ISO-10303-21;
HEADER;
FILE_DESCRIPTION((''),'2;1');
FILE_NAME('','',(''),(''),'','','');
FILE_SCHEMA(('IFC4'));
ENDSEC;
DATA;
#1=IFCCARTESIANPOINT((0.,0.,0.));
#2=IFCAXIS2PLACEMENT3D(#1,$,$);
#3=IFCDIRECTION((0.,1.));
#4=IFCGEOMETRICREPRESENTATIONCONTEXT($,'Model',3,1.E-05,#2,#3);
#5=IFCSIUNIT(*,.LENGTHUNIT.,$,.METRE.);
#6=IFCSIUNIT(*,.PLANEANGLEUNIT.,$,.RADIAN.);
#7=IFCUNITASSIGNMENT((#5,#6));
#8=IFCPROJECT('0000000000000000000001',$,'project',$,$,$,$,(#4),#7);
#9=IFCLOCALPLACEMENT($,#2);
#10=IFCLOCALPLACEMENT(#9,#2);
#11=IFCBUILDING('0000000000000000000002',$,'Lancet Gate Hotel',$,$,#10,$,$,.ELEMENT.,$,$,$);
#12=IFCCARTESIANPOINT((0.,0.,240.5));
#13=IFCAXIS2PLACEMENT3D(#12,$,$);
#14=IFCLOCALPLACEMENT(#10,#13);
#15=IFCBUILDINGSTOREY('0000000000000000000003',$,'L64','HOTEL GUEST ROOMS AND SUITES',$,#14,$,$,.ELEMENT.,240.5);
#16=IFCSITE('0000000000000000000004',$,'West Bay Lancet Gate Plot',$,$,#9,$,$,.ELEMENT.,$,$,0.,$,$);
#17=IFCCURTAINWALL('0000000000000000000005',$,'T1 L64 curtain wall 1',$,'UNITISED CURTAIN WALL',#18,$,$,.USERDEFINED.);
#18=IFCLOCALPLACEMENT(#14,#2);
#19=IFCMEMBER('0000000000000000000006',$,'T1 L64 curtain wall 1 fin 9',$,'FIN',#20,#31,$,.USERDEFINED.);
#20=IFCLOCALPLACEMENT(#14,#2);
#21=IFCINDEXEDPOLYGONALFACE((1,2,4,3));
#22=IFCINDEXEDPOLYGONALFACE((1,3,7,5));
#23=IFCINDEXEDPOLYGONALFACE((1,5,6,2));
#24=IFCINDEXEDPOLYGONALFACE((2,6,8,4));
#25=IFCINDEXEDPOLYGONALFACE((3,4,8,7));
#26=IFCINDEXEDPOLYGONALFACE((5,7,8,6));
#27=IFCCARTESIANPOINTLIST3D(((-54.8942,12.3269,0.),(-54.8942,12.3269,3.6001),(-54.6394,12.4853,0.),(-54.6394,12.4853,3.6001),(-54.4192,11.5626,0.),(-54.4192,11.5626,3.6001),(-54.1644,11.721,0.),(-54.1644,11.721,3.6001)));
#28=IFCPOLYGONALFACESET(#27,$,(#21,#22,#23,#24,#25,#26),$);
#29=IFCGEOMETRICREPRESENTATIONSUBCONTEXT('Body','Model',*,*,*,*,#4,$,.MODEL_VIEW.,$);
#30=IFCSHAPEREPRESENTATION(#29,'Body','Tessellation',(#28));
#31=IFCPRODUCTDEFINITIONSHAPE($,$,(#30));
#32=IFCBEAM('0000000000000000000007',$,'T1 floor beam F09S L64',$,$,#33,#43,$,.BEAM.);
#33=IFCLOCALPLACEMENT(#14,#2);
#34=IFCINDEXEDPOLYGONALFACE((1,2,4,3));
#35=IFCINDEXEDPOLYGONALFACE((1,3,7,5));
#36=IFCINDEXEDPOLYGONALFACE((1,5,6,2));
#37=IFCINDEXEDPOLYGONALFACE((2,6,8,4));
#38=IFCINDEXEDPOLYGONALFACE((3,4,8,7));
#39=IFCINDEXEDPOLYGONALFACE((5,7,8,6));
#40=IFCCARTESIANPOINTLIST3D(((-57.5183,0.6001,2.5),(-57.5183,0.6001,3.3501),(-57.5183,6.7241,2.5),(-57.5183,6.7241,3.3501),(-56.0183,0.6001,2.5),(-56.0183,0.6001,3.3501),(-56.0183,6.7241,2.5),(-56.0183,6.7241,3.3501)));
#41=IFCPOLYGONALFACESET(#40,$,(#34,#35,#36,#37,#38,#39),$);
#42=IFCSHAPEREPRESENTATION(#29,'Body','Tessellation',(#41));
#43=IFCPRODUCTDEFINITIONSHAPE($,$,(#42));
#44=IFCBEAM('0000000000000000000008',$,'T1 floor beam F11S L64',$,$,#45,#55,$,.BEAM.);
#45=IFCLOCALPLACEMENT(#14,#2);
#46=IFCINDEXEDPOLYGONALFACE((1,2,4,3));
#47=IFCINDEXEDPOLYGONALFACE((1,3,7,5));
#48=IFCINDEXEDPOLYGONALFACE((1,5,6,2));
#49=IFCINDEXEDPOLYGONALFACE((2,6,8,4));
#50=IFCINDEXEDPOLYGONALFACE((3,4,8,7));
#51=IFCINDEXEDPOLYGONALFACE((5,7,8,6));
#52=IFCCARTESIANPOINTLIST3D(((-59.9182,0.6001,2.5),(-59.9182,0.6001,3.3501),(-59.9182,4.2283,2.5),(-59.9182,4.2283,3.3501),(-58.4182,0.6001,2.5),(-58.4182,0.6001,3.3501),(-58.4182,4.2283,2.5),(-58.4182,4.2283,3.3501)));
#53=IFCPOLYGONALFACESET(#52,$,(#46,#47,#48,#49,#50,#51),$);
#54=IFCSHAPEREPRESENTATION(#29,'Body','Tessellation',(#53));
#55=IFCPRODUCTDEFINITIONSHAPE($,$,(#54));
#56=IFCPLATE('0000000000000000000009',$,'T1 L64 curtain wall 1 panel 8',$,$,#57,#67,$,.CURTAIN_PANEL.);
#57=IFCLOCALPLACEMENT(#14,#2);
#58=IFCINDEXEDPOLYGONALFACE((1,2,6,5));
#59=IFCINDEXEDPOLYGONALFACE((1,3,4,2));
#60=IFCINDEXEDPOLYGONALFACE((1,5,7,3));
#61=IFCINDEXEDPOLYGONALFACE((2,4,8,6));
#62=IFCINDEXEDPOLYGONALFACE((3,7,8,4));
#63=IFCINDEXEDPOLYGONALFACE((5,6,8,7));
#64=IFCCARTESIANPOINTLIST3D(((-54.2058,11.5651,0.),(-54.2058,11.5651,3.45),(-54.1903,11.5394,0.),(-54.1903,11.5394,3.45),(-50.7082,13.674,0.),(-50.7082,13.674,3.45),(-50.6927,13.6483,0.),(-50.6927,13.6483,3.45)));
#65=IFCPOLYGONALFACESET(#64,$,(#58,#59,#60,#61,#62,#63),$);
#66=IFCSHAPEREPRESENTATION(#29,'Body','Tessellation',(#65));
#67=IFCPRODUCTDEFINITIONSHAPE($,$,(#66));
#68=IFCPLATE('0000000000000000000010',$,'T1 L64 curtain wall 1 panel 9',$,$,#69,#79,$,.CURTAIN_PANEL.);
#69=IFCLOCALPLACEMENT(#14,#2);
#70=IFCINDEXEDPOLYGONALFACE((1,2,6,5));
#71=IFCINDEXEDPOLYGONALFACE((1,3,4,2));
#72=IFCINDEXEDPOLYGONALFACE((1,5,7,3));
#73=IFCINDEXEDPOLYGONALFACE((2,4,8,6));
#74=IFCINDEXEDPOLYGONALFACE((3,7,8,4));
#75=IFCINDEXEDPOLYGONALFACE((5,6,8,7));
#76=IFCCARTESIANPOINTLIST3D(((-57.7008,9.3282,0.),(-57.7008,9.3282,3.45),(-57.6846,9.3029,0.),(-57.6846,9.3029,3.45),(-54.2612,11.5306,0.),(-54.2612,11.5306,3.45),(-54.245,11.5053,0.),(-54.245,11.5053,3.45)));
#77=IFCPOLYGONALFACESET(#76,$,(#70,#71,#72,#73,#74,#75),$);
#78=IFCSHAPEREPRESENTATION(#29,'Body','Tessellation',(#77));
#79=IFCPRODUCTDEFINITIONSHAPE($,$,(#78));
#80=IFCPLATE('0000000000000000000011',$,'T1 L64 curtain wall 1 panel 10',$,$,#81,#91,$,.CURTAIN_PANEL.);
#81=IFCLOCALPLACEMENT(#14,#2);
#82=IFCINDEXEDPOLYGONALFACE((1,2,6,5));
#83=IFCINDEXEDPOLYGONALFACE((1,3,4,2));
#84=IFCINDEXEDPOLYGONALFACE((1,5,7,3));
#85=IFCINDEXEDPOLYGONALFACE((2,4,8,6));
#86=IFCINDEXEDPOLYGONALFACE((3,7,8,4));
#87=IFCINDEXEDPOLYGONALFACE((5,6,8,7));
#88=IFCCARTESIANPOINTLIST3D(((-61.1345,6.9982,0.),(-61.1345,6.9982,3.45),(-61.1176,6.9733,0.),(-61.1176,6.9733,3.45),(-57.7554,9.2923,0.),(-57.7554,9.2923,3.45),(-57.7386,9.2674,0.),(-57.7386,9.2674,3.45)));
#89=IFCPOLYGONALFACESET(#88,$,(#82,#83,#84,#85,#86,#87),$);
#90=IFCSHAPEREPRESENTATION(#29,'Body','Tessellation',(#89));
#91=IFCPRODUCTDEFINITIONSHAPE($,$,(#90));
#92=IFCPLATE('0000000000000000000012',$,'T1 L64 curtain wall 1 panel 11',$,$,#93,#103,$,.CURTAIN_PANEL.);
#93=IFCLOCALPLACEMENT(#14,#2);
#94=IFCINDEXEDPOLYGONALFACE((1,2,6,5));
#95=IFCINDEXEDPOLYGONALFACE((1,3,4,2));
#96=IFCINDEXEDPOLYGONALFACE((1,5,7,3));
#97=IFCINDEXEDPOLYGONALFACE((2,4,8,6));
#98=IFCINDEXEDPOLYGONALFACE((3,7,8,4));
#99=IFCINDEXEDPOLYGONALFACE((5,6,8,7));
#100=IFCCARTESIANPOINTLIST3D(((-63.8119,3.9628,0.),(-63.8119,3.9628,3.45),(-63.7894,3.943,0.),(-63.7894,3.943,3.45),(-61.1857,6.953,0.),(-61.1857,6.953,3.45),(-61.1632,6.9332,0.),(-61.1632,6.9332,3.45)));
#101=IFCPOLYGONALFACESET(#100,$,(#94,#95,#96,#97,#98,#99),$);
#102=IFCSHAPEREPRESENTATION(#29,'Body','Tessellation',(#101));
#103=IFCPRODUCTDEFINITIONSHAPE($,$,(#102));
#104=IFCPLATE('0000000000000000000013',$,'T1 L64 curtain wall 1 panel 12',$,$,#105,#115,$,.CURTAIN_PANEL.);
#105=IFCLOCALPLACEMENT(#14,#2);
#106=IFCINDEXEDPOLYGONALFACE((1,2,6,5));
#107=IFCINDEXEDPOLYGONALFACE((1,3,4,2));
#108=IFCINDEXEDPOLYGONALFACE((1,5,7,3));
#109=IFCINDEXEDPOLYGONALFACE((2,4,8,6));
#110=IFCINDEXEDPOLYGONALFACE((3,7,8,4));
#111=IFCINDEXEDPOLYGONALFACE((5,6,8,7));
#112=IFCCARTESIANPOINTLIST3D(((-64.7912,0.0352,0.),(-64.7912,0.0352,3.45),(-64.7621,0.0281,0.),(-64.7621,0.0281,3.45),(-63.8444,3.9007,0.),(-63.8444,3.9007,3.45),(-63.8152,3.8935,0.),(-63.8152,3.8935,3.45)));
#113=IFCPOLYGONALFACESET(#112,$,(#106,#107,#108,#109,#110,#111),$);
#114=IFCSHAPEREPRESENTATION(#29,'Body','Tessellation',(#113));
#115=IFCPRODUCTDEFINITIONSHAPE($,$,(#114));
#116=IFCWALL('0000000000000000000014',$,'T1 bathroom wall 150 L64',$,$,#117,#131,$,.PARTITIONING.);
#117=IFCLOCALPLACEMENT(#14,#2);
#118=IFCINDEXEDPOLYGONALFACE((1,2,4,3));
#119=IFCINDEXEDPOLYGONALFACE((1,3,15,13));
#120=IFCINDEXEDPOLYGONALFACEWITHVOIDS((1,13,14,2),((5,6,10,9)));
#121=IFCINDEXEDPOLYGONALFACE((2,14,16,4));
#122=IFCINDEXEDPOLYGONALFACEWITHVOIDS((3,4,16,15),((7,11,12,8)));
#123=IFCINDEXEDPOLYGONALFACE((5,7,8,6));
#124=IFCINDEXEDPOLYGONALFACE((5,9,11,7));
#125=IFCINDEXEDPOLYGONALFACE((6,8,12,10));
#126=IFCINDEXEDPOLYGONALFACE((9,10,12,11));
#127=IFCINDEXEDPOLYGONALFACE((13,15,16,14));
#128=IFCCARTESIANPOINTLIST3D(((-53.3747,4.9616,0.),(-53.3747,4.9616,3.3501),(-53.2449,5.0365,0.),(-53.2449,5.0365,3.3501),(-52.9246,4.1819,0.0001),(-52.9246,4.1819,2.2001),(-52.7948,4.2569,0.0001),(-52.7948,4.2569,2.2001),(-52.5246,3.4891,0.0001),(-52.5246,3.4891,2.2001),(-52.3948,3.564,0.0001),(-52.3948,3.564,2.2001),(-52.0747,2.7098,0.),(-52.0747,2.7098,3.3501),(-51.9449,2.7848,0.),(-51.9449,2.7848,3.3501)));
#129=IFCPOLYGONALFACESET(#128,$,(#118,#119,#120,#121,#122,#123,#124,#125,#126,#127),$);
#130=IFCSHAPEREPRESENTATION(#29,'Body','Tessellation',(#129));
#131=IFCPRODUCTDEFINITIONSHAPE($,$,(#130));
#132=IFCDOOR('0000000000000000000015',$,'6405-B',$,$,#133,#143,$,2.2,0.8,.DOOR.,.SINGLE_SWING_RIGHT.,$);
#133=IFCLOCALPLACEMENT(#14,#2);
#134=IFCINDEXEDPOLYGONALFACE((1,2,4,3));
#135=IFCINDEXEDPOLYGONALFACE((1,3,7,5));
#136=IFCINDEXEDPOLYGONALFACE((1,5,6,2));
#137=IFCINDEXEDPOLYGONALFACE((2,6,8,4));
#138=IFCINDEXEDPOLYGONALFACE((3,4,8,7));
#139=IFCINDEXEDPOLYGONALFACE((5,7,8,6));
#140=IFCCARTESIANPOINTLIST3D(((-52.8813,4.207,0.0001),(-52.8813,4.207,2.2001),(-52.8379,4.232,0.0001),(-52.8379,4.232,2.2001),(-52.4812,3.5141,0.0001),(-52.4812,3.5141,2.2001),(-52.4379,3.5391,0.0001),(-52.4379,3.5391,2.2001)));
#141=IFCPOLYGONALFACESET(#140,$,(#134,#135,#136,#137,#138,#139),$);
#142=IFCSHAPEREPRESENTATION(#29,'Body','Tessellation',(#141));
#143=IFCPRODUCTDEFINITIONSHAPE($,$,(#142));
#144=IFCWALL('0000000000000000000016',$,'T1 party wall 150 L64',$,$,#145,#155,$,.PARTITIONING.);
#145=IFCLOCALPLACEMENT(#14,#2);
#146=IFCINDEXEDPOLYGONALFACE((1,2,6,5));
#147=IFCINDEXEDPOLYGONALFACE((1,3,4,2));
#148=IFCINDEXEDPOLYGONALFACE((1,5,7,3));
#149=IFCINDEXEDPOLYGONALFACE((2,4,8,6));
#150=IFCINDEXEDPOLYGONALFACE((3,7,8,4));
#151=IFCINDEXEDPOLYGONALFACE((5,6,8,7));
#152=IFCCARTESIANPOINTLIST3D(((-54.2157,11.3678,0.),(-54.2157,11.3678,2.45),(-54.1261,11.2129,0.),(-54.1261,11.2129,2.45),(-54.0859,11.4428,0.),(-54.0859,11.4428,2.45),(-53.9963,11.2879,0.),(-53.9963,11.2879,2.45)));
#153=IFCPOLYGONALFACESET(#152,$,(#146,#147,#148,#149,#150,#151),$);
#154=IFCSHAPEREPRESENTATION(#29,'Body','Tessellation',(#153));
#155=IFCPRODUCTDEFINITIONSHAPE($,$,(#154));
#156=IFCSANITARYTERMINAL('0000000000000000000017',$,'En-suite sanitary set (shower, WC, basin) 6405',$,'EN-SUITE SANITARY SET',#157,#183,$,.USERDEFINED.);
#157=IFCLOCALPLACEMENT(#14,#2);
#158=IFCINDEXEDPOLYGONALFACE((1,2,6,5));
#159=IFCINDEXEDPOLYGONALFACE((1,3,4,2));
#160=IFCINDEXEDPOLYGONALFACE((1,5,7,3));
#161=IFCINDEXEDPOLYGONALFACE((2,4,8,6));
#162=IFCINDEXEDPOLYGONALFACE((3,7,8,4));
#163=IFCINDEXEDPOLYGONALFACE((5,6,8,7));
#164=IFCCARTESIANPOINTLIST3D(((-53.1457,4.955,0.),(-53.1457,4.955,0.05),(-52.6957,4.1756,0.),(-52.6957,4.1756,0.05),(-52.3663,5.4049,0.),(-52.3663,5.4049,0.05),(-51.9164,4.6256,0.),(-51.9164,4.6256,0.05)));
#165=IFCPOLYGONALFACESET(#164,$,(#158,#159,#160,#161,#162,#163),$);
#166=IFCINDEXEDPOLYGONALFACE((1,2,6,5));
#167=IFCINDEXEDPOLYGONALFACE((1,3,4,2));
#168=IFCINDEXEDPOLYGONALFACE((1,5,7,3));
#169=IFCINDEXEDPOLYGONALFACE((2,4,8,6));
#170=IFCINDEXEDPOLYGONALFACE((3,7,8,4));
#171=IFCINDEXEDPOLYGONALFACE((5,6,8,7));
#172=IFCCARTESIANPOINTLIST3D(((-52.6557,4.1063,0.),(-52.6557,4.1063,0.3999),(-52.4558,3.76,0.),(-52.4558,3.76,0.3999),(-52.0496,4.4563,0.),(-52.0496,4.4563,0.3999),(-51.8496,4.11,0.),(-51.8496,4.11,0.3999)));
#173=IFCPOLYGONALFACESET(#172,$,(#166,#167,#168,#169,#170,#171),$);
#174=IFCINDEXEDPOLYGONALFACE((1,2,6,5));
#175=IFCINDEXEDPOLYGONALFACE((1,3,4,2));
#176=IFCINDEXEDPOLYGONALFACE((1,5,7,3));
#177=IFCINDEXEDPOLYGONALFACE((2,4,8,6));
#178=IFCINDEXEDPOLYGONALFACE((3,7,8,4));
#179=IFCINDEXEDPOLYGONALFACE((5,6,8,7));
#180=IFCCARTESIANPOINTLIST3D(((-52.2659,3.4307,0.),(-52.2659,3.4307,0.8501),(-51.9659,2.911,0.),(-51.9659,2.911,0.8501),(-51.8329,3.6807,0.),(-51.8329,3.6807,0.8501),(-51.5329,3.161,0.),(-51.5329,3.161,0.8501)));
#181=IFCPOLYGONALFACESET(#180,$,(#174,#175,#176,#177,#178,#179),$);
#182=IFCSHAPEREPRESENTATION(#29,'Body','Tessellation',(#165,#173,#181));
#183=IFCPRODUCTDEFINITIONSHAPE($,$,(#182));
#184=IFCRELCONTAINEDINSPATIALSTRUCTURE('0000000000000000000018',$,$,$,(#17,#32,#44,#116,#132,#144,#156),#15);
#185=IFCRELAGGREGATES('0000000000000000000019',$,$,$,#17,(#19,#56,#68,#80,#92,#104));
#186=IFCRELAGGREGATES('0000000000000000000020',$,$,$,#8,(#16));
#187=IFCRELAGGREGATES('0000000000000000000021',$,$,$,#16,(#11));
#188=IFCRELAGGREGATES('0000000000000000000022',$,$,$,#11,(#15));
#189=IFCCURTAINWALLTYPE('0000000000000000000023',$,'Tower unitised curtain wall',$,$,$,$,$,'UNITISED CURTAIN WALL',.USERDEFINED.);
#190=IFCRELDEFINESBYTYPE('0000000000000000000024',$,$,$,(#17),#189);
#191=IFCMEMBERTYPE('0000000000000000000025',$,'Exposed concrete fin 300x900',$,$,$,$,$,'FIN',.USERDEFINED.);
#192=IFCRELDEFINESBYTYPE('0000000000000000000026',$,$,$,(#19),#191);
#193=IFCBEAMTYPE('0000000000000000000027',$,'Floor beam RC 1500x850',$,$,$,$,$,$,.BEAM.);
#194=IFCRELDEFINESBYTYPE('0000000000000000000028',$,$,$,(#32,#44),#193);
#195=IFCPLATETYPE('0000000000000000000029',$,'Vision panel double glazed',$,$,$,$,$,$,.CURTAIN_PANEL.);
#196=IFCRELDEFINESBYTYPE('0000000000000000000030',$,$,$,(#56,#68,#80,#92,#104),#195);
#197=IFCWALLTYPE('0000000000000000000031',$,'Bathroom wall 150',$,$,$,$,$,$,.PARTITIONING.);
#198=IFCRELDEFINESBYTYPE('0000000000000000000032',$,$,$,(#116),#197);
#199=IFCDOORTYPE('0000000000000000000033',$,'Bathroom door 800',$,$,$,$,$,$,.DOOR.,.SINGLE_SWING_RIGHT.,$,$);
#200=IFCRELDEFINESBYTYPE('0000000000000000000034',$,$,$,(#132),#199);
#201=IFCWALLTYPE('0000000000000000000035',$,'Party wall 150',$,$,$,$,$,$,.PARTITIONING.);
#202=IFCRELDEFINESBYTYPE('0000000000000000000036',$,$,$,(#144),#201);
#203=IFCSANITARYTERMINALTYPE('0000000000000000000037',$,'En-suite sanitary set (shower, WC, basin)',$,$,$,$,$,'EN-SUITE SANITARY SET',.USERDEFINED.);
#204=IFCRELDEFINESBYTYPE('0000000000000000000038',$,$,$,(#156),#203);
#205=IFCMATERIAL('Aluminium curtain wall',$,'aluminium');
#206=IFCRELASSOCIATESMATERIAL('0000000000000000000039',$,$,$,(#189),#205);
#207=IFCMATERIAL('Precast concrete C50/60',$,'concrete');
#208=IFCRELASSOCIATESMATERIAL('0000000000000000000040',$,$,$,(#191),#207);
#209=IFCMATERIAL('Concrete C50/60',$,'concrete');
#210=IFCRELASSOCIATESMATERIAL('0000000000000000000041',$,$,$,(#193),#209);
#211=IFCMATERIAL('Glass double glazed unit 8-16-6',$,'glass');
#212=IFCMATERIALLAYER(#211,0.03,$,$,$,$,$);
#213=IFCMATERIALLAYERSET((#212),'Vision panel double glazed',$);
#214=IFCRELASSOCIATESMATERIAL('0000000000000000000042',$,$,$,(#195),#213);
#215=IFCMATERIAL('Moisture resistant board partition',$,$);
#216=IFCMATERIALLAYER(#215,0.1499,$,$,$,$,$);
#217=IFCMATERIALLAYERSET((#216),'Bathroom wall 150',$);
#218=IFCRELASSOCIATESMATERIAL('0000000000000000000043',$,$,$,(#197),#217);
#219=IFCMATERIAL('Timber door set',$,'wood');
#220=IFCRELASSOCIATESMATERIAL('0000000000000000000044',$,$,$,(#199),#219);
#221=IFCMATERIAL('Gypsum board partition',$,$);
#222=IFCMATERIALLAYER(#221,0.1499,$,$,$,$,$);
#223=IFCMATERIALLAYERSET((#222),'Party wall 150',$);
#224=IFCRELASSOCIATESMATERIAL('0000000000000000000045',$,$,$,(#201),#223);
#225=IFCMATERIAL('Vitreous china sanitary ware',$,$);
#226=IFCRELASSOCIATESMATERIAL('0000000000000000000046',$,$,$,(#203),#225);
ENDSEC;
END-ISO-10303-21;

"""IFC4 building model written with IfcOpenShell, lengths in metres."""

from ifc_helpers import new_model, si_unit, direction, frame, frame_2d, origin, origin_2d, place, context, subcontext, project, spatial, rectangle, extrude, material, layer, layer_set, material_profile, profile_set, type_object, element, fill, aggregate, save


model = new_model("IFC4")

# Units and contexts
model_context = context("Model", 3, precision=1e-05, world=origin(), true_north=direction((0.0, 1.0)))
body_context = subcontext(model_context, "Body", "Model", "MODEL_VIEW")
ifc_project = project(units=[si_unit("LENGTHUNIT", "METRE"), si_unit("PLANEANGLEUNIT", "RADIAN")], contexts=[model_context])

# Site, building, storey
site_placement = place(None, origin())
site = spatial("IfcSite", under=ifc_project, at=site_placement, Name="West Bay Lancet Gate Plot", CompositionType="ELEMENT", RefElevation=0.0)
building_placement = place(site_placement, origin())
building = spatial("IfcBuilding", under=site, at=building_placement, Name="Lancet Gate Hotel", CompositionType="ELEMENT")
storey_placement = place(building_placement, frame((0.0, 0.0, 240.5)))
storey = spatial("IfcBuildingStorey", under=building, at=storey_placement, Name="L64", Description="HOTEL GUEST ROOMS AND SUITES", CompositionType="ELEMENT", Elevation=240.5)

# Curtain wall
ifc_material_1 = material(Name="Aluminium curtain wall", Category="aluminium")
curtain_wall_type = type_object("IfcCurtainWallType", Name="Tower unitised curtain wall", ElementType="UNITISED CURTAIN WALL", PredefinedType="USERDEFINED", material=ifc_material_1)
curtain_wall_placement = place(storey_placement, origin())
curtain_wall = element("IfcCurtainWall", 1, at=curtain_wall_placement, inside=storey, type_object=curtain_wall_type, Name="T1 L64 curtain wall 1", ObjectType="UNITISED CURTAIN WALL", PredefinedType="USERDEFINED")

# Member
ifc_material_2 = material(Name="Precast concrete C50/60", Category="concrete")
ifc_material_profile_1 = material_profile(ifc_material_2, rectangle(XDim=0.3, YDim=0.8999, at=origin_2d()), Name="FIN 300x900")
ifc_profile_set_1 = profile_set([ifc_material_profile_1], Name="Precast concrete C50/60")
member_type_1 = type_object("IfcMemberType", Name="Exposed concrete fin 300x900", ElementType="FIN", PredefinedType="USERDEFINED", material=ifc_profile_set_1)
member_1_placement = place(storey_placement, frame((-54.5293, 12.0239, 0.0), z_axis=(0.0, 0.0, 1.0), x_axis=(-0.849342, -0.527842, 0.0)))
member_1 = element("IfcMember", 2, at=member_1_placement, type_object=member_type_1, Name="T1 L64 curtain wall 1 fin 9", ObjectType="FIN", PredefinedType="USERDEFINED", context=body_context, shape_type="SweptSolid", body=[
    extrude(rectangle(XDim=0.3, YDim=0.8999, at=origin_2d()), origin(), (0.0, 0.0, 1.0), 3.6001),
])

# Beams
ifc_material_3 = material(Name="Concrete C50/60", Category="concrete")
ifc_material_profile_2 = material_profile(ifc_material_3, rectangle(XDim=1.5, YDim=0.8501, at=origin_2d()), Name="RC 1500x850")
ifc_profile_set_2 = profile_set([ifc_material_profile_2], Name="Concrete C50/60")
beam_type_1 = type_object("IfcBeamType", Name="Floor beam RC 1500x850", PredefinedType="BEAM", material=ifc_profile_set_2)
beam_1_placement = place(storey_placement, frame((-56.7683, 6.7241, 2.925), z_axis=(0.0, -1.0, 0.0), x_axis=(1.0, 0.0, 0.0)))
element("IfcBeam", 3, at=beam_1_placement, inside=storey, type_object=beam_type_1, Name="T1 floor beam F09S L64", PredefinedType="BEAM", context=body_context, shape_type="SweptSolid", body=[
    extrude(rectangle(XDim=1.5, YDim=0.8501, at=origin_2d()), origin(), (0.0, 0.0, 1.0), 6.124),
])
beam_2_placement = place(storey_placement, frame((-59.1682, 4.2283, 2.925), z_axis=(0.0, -1.0, 0.0), x_axis=(1.0, 0.0, 0.0)))
element("IfcBeam", 4, at=beam_2_placement, inside=storey, type_object=beam_type_1, Name="T1 floor beam F11S L64", PredefinedType="BEAM", context=body_context, shape_type="SweptSolid", body=[
    extrude(rectangle(XDim=1.5, YDim=0.8501, at=origin_2d()), origin(), (0.0, 0.0, 1.0), 3.6282),
])

# Plates
ifc_material_4 = material(Name="Glass double glazed unit 8-16-6", Category="glass")
ifc_layer_1 = layer(ifc_material_4, 0.03)
ifc_layer_set_1 = layer_set([ifc_layer_1], Name="Vision panel double glazed")
plate_type = type_object("IfcPlateType", Name="Vision panel double glazed", PredefinedType="CURTAIN_PANEL", material=ifc_layer_set_1)
plate_1_placement = place(storey_placement, frame((-52.4492, 12.6067, 0.0), z_axis=(0.0, 0.0, 1.0), x_axis=(-0.85637, -0.516363, 0.0)))
plate_1 = element("IfcPlate", 5, at=plate_1_placement, type_object=plate_type, Name="T1 L64 curtain wall 1 panel 8", PredefinedType="CURTAIN_PANEL", context=body_context, shape_type="SweptSolid", body=[
    extrude(rectangle(XDim=4.0842, YDim=0.03, at=origin_2d()), origin(), (0.0, 0.0, 1.0), 3.45),
])
plate_2_placement = place(storey_placement, frame((-55.9729, 10.4167, 0.0), z_axis=(0.0, 0.0, 1.0), x_axis=(-0.842161, -0.539226, 0.0)))
plate_2 = element("IfcPlate", 6, at=plate_2_placement, type_object=plate_type, Name="T1 L64 curtain wall 1 panel 9", PredefinedType="CURTAIN_PANEL", context=body_context, shape_type="SweptSolid", body=[
    extrude(rectangle(XDim=4.0842, YDim=0.03, at=origin_2d()), origin(), (0.0, 0.0, 1.0), 3.45),
])
plate_3_placement = place(storey_placement, frame((-59.4365, 8.1328, 0.0), z_axis=(0.0, 0.0, 1.0), x_axis=(-0.827342, -0.561698, 0.0)))
plate_3 = element("IfcPlate", 7, at=plate_3_placement, type_object=plate_type, Name="T1 L64 curtain wall 1 panel 10", PredefinedType="CURTAIN_PANEL", context=body_context, shape_type="SweptSolid", body=[
    extrude(rectangle(XDim=4.0842, YDim=0.03, at=origin_2d()), origin(), (0.0, 0.0, 1.0), 3.45),
])
plate_4_placement = place(storey_placement, frame((-62.4875, 5.448, 0.0), z_axis=(0.0, 0.0, 1.0), x_axis=(-0.659892, -0.751361, 0.0)))
plate_4 = element("IfcPlate", 8, at=plate_4_placement, type_object=plate_type, Name="T1 L64 curtain wall 1 panel 11", PredefinedType="CURTAIN_PANEL", context=body_context, shape_type="SweptSolid", body=[
    extrude(rectangle(XDim=3.9797, YDim=0.03, at=origin_2d()), origin(), (0.0, 0.0, 1.0), 3.45),
])
plate_5_placement = place(storey_placement, frame((-64.3032, 1.9644, 0.0), z_axis=(0.0, 0.0, 1.0), x_axis=(-0.237921, -0.971285, 0.0)))
plate_5 = element("IfcPlate", 9, at=plate_5_placement, type_object=plate_type, Name="T1 L64 curtain wall 1 panel 12", PredefinedType="CURTAIN_PANEL", context=body_context, shape_type="SweptSolid", body=[
    extrude(rectangle(XDim=3.9797, YDim=0.03, at=origin_2d()), origin(), (0.0, 0.0, 1.0), 3.45),
])
aggregate(curtain_wall, [member_1, plate_1, plate_2, plate_3, plate_4, plate_5])

# Wall, opening, door
ifc_material_5 = material(Name="Moisture resistant board partition")
ifc_layer_2 = layer(ifc_material_5, 0.1499)
ifc_layer_set_2 = layer_set([ifc_layer_2], Name="Bathroom wall 150")
wall_type_1 = type_object("IfcWallType", Name="Bathroom wall 150", PredefinedType="PARTITIONING", material=ifc_layer_set_2)
wall_1_placement = place(storey_placement, frame((-52.0098, 2.7473, 0.0), z_axis=(0.0, 0.0, 1.0), x_axis=(-0.500007, 0.866021, 0.0)))
wall_1 = element("IfcWall", 10, at=wall_1_placement, inside=storey, type_object=wall_type_1, Name="T1 bathroom wall 150 L64", PredefinedType="PARTITIONING", context=body_context, shape_type="SweptSolid", body=[
    extrude(rectangle(XDim=2.6001, YDim=0.1499, at=frame_2d((1.3, 0.0))), origin(), (0.0, 0.0, 1.0), 3.3501),
])
opening_placement = place(wall_1_placement, frame((0.8999, 0.0, 0.0)))
opening = element("IfcOpeningElement", 11, at=opening_placement, cuts=wall_1, PredefinedType="OPENING", context=body_context, shape_type="SweptSolid", body=[
    extrude(rectangle(XDim=0.8, YDim=2.2, at=frame_2d((0.3999, 1.1001))), frame((0.0, 0.085, 0.0), z_axis=(0.0, -1.0, 0.0), x_axis=(1.0, 0.0, 0.0)), (0.0, 0.0, 1.0), 0.1699),
])
ifc_material_6 = material(Name="Timber door set", Category="wood")
door_type = type_object("IfcDoorType", Name="Bathroom door 800", OperationType="SINGLE_SWING_RIGHT", PredefinedType="DOOR", material=ifc_material_6)
door_placement = place(opening_placement, origin())
door = element("IfcDoor", 12, at=door_placement, inside=storey, type_object=door_type, Name="6405-B", OperationType="SINGLE_SWING_RIGHT", OverallHeight=2.2, OverallWidth=0.8, PredefinedType="DOOR", context=body_context, shape_type="SweptSolid", body=[
    extrude(rectangle(XDim=0.8, YDim=2.2, at=frame_2d((0.3999, 1.1001))), frame((0.0, 0.0249, 0.0), z_axis=(0.0, -1.0, 0.0), x_axis=(1.0, 0.0, 0.0)), (0.0, 0.0, 1.0), 0.05),
])
fill(opening, door)

# Wall
ifc_material_7 = material(Name="Gypsum board partition")
ifc_layer_3 = layer(ifc_material_7, 0.1499)
ifc_layer_set_3 = layer_set([ifc_layer_3], Name="Party wall 150")
wall_type_2 = type_object("IfcWallType", Name="Party wall 150", PredefinedType="PARTITIONING", material=ifc_layer_set_3)
wall_2_placement = place(storey_placement, frame((-54.0613, 11.2505, 0.0), z_axis=(0.0, 0.0, 1.0), x_axis=(-0.500391, 0.865799, 0.0)))
element("IfcWall", 13, at=wall_2_placement, inside=storey, type_object=wall_type_2, Name="T1 party wall 150 L64", PredefinedType="PARTITIONING", context=body_context, shape_type="SweptSolid", body=[
    extrude(rectangle(XDim=0.179, YDim=0.1499, at=frame_2d((0.0894, 0.0))), origin(), (0.0, 0.0, 1.0), 2.45),
])

# Sanitary terminal
ifc_material_8 = material(Name="Vitreous china sanitary ware")
sanitary_terminal_type = type_object("IfcSanitaryTerminalType", Name="En-suite sanitary set (shower, WC, basin)", ElementType="EN-SUITE SANITARY SET", PredefinedType="USERDEFINED", material=ifc_material_8)
sanitary_terminal_placement = place(storey_placement, frame((-52.531, 4.7903, 0.0), z_axis=(0.0, 0.0, 1.0), x_axis=(1.0, 0.0, 0.0)))
element("IfcSanitaryTerminal", 14, at=sanitary_terminal_placement, inside=storey, type_object=sanitary_terminal_type, Name="En-suite sanitary set (shower, WC, basin) 6405", ObjectType="EN-SUITE SANITARY SET", PredefinedType="USERDEFINED", context=body_context, shape_type="SweptSolid", body=[
    extrude(rectangle(XDim=0.8999, YDim=0.8999, at=origin_2d()), frame((0.0, 0.0, 0.0), z_axis=(0.0, 0.0, 1.0), x_axis=(-0.5, 0.866025, 0.0)), (0.0, 0.0, 1.0), 0.05),
    extrude(rectangle(XDim=0.3999, YDim=0.7, at=origin_2d()), frame((0.2783, -0.6821, 0.0), z_axis=(0.0, 0.0, 1.0), x_axis=(-0.5, 0.866025, 0.0)), (0.0, 0.0, 1.0), 0.3999),
    extrude(rectangle(XDim=0.6001, YDim=0.5, at=origin_2d()), frame((0.6316, -1.4944, 0.0), z_axis=(0.0, 0.0, 1.0), x_axis=(-0.5, 0.866025, 0.0)), (0.0, 0.0, 1.0), 0.8501),
])

save(model, "model.ifc")
